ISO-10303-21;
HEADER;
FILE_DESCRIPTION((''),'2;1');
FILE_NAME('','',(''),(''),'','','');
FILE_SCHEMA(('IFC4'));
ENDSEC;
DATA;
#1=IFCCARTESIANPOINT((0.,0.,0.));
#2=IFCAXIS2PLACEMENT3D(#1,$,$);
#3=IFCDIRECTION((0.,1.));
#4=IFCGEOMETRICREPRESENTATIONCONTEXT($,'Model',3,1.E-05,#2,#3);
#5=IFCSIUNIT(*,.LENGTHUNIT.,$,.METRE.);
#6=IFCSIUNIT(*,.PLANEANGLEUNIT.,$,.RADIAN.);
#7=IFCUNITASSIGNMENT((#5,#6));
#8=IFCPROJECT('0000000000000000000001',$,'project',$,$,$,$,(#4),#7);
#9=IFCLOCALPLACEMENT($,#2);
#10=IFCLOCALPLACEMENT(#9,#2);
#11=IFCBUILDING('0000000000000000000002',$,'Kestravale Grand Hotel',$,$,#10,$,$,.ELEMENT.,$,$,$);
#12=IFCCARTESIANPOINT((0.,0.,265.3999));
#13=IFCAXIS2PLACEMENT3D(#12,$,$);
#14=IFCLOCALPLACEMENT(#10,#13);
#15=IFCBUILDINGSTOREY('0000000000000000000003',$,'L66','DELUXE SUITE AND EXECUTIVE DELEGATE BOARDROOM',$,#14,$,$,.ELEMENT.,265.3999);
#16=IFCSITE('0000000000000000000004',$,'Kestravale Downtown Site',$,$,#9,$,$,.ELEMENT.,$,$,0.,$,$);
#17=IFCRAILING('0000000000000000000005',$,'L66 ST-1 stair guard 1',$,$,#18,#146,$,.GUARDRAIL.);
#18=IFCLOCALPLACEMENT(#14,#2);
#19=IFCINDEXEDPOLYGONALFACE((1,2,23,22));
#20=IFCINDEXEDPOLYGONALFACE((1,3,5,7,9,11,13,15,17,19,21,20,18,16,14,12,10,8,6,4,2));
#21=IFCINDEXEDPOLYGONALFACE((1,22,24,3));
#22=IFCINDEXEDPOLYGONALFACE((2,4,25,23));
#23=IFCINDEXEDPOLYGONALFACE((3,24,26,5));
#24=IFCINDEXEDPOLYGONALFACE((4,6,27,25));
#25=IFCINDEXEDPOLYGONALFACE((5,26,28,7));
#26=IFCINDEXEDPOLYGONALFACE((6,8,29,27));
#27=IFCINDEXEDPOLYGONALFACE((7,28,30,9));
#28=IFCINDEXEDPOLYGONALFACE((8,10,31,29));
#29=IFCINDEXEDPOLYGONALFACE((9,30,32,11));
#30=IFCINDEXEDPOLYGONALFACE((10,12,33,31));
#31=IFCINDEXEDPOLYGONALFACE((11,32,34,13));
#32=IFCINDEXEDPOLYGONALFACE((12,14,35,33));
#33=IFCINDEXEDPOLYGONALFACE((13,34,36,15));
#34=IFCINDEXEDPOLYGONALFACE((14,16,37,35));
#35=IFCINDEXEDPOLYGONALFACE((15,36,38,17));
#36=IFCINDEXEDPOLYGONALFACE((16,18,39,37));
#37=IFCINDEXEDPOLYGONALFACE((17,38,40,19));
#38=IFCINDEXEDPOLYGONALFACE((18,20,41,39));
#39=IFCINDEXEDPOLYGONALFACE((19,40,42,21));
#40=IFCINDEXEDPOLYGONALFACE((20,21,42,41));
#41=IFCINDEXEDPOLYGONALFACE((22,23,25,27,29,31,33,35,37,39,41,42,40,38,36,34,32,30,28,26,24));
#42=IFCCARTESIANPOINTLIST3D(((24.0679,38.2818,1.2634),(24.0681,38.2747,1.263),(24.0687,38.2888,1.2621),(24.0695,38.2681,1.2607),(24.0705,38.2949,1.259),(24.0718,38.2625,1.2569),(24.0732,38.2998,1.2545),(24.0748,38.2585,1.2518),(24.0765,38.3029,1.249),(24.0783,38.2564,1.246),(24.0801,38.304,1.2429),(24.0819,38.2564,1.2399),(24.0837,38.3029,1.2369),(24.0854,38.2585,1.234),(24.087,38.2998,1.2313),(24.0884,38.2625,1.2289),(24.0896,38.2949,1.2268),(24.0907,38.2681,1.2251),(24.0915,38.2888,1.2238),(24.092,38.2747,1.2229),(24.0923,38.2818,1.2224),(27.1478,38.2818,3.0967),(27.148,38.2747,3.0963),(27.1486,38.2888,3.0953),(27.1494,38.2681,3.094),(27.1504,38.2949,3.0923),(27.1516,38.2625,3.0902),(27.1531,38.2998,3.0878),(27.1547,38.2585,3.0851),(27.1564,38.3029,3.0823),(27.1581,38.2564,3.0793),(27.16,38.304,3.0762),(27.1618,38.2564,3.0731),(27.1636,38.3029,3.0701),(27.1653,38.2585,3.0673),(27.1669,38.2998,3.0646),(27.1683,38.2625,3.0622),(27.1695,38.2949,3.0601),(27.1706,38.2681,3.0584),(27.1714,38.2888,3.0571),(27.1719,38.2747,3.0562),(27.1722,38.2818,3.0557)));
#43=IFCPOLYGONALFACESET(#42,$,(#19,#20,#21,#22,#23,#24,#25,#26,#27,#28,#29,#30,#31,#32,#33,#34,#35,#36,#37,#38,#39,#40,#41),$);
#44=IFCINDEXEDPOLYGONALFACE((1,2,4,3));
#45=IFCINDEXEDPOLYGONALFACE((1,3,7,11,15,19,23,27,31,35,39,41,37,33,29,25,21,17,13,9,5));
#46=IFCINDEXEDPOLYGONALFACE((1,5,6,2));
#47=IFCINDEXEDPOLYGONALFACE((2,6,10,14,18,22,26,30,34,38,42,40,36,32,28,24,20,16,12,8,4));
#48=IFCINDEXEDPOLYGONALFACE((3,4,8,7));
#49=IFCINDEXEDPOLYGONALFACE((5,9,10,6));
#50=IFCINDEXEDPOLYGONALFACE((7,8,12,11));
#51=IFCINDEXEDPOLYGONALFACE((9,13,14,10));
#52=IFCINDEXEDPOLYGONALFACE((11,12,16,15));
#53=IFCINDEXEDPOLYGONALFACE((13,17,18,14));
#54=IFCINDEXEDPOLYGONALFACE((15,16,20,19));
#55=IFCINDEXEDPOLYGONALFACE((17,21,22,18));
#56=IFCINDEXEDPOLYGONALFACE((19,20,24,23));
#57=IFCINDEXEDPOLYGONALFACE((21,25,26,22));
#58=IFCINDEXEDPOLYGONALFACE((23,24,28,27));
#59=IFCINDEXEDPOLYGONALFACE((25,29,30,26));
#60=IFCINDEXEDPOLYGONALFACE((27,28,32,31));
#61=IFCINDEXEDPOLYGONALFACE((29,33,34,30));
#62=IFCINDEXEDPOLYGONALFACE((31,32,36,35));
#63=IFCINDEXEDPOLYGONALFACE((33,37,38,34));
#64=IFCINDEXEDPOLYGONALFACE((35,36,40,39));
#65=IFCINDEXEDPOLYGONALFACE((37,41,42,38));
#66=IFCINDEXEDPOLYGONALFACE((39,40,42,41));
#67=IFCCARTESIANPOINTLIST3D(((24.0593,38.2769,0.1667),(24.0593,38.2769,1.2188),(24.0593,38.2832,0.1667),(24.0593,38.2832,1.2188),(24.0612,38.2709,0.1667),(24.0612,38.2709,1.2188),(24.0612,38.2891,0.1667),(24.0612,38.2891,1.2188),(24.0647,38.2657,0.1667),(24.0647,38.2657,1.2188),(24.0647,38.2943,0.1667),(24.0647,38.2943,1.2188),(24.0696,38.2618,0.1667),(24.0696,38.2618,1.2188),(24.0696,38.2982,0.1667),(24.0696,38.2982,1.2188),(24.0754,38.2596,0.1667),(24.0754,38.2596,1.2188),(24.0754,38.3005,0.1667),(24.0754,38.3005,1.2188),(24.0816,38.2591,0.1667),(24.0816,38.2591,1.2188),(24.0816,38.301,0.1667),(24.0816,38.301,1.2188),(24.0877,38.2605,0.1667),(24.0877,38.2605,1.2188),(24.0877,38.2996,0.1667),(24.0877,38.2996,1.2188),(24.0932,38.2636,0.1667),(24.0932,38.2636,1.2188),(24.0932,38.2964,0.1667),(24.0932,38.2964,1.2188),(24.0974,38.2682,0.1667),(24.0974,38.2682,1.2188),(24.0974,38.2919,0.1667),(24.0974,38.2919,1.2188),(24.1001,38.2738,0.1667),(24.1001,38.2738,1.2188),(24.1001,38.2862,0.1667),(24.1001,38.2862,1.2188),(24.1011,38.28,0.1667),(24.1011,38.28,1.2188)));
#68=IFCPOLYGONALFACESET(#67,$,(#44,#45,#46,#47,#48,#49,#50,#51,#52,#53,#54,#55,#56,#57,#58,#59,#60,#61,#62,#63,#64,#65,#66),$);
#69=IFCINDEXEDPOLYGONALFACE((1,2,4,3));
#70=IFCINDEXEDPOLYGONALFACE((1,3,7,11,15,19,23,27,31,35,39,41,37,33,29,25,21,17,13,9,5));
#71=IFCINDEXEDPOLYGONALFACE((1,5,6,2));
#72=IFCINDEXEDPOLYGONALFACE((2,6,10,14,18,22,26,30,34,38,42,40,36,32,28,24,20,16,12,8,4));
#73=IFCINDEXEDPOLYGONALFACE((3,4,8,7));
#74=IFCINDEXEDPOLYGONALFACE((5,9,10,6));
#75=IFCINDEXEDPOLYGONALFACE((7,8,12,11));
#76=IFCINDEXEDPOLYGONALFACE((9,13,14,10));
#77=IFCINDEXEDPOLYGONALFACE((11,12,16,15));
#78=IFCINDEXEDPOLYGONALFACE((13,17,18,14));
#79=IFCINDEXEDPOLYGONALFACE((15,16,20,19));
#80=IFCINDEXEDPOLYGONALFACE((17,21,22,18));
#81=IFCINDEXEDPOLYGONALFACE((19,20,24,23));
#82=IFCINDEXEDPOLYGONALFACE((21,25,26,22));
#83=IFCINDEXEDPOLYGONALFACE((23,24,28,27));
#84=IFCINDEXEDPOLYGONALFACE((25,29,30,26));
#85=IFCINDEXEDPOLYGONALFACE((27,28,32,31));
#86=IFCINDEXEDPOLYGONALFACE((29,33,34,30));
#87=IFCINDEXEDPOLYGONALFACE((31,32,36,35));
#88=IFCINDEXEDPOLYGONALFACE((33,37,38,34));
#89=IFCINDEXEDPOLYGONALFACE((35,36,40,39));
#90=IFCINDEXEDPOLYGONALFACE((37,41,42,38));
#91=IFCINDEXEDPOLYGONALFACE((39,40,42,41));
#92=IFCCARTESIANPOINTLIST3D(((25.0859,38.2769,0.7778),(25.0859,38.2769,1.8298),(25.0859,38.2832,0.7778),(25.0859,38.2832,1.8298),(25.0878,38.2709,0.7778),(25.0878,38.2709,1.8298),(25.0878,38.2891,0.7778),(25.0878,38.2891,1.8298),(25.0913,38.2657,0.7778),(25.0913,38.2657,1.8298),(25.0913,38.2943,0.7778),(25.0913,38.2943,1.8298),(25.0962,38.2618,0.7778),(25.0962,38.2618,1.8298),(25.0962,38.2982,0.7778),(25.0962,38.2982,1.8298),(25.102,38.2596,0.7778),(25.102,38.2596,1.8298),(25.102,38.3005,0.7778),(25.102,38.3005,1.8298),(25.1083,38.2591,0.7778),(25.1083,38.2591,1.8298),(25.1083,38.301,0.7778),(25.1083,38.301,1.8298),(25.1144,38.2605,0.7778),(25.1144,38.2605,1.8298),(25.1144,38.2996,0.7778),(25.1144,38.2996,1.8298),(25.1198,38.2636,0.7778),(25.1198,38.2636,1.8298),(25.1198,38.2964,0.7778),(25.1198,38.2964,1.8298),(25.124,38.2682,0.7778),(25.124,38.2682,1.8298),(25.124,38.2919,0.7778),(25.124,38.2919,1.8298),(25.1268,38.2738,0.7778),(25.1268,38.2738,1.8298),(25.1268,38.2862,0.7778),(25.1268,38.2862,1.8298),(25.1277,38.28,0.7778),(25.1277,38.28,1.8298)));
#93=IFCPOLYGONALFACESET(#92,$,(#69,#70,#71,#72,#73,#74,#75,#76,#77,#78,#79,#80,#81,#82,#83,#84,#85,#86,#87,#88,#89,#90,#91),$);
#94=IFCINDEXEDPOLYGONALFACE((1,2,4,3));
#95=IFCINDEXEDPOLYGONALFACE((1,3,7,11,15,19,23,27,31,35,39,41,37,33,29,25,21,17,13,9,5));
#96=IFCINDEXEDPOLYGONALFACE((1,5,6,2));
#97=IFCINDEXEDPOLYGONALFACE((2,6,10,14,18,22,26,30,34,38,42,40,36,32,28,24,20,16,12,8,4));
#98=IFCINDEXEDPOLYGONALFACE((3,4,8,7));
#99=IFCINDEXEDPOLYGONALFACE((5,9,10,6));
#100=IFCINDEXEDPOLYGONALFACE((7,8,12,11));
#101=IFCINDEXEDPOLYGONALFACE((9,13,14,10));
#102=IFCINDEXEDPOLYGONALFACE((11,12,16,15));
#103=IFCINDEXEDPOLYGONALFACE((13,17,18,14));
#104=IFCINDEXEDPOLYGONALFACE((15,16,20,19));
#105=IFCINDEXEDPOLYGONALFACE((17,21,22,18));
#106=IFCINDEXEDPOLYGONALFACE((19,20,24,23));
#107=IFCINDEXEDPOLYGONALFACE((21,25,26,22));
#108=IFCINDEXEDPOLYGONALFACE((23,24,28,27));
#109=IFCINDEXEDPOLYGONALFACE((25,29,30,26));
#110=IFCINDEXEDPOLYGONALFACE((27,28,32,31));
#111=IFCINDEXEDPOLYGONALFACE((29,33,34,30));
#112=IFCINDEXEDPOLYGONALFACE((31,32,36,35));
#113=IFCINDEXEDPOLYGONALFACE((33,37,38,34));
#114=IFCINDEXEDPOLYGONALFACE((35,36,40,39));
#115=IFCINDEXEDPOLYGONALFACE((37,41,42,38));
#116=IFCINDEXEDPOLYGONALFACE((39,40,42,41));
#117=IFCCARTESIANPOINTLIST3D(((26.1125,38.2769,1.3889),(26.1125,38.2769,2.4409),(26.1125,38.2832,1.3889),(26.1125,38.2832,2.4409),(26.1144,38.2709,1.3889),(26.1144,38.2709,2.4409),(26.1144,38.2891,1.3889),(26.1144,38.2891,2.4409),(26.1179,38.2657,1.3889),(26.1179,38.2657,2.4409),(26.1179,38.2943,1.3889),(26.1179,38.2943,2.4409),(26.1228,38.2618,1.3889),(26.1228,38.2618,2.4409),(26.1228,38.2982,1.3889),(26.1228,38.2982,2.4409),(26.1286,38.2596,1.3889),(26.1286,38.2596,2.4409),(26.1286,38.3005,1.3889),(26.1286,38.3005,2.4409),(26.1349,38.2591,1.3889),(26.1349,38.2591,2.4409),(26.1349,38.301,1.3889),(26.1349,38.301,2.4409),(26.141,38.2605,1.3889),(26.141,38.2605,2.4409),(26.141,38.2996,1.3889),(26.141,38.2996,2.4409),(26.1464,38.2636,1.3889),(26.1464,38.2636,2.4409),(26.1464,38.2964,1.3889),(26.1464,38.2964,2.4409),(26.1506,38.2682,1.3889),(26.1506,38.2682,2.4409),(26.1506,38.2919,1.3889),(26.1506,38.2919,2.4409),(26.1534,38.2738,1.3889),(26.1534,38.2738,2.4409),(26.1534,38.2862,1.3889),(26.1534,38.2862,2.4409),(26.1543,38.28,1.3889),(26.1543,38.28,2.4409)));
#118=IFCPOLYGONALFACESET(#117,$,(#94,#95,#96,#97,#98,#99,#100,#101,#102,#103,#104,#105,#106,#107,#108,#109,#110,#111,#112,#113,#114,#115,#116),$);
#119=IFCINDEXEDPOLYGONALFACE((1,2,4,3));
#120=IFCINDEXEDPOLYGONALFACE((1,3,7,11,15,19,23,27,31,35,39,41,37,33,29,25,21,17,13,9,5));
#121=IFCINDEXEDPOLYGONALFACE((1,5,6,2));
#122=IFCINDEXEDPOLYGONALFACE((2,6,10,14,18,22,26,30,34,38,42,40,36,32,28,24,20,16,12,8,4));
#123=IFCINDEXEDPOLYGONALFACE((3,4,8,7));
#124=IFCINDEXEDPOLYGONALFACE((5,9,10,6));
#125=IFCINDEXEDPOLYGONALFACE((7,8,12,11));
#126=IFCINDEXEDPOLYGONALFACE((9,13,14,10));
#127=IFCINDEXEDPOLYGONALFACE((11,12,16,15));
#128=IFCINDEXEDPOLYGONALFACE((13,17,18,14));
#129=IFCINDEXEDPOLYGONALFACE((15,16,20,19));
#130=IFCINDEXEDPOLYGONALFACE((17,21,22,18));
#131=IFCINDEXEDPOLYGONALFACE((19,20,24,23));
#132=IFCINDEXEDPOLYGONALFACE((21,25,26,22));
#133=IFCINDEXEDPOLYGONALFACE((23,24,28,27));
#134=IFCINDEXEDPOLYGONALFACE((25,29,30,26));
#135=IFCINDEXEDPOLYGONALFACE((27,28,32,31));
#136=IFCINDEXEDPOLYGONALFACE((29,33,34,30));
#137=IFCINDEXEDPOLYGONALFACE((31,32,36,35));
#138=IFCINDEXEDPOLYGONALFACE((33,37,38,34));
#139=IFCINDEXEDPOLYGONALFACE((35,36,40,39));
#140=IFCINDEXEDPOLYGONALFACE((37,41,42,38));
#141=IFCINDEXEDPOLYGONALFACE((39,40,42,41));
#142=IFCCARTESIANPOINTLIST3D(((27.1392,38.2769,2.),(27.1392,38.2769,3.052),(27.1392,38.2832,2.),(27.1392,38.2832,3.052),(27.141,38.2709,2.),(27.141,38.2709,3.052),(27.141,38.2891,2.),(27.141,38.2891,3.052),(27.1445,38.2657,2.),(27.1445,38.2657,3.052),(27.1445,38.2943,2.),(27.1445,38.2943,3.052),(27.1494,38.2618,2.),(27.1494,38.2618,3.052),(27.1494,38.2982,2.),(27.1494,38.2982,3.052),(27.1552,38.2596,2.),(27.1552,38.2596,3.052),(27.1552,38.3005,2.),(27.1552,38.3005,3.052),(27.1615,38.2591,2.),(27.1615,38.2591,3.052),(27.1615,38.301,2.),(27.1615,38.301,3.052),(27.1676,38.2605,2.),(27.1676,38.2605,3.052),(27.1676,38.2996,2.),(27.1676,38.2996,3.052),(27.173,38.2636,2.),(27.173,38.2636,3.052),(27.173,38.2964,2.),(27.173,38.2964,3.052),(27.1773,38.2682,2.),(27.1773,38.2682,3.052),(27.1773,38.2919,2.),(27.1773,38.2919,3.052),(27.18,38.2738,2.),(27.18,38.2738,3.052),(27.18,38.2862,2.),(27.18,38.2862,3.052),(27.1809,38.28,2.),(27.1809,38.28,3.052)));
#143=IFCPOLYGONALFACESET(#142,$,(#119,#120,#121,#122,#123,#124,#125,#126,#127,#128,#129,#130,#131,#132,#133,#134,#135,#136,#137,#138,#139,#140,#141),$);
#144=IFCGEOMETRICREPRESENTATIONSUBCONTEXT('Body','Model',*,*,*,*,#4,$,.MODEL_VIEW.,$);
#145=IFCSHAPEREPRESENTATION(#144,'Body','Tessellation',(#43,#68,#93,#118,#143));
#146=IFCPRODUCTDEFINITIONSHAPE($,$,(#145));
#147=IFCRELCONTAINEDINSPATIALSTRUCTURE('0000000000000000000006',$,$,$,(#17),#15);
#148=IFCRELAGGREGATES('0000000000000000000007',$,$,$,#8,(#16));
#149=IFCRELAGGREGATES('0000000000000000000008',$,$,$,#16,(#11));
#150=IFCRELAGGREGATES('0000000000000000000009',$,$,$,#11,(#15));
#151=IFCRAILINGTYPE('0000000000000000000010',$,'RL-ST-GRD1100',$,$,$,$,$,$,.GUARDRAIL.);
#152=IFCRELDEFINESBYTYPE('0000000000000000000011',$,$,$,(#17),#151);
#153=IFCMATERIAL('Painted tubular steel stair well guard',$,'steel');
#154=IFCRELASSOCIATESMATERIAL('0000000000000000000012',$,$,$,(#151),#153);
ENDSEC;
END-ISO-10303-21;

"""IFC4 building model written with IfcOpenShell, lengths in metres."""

from ifc_helpers import new_model, si_unit, direction, frame, origin, origin_2d, place, context, subcontext, project, spatial, circle, extrude, material, type_object, element, save


model = new_model("IFC4")

# Units and contexts
model_context = context("Model", 3, precision=1e-05, world=origin(), true_north=direction((0.0, 1.0)))
body_context = subcontext(model_context, "Body", "Model", "MODEL_VIEW")
ifc_project = project(units=[si_unit("LENGTHUNIT", "METRE"), si_unit("PLANEANGLEUNIT", "RADIAN")], contexts=[model_context])

# Site, building, storey
site_placement = place(None, origin())
site = spatial("IfcSite", under=ifc_project, at=site_placement, Name="Kestravale Downtown Site", CompositionType="ELEMENT", RefElevation=0.0)
building_placement = place(site_placement, origin())
building = spatial("IfcBuilding", under=site, at=building_placement, Name="Kestravale Grand Hotel", CompositionType="ELEMENT")
storey_placement = place(building_placement, frame((0.0, 0.0, 265.3999)))
storey = spatial("IfcBuildingStorey", under=building, at=storey_placement, Name="L66", Description="DELUXE SUITE AND EXECUTIVE DELEGATE BOARDROOM", CompositionType="ELEMENT", Elevation=265.3999)

# Railing
ifc_material_1 = material(Name="Painted tubular steel stair well guard", Category="steel")
railing_type_1 = type_object("IfcRailingType", Name="RL-ST-GRD1100", PredefinedType="GUARDRAIL", material=ifc_material_1)
railing_1_placement = place(storey_placement, frame((24.0801, 38.28, 0.1667)))
element("IfcRailing", 1, at=railing_1_placement, inside=storey, type_object=railing_type_1, Name="L66 ST-1 stair guard 1", PredefinedType="GUARDRAIL", context=body_context, shape_type="SweptSolid", body=[
    extrude(circle(Radius=0.0239, at=origin_2d()), frame((0.0, 0.0, 1.0762), z_axis=(0.859291, 0.0, 0.511487), x_axis=(0.0, 1.0, 0.0)), (0.0, 0.0, 1.0), 3.5842),
    extrude(circle(Radius=0.021, at=origin_2d()), origin(), (0.0, 0.0, 1.0), 1.052),
    extrude(circle(Radius=0.021, at=origin_2d()), frame((1.0266, 0.0, 0.6111)), (0.0, 0.0, 1.0), 1.052),
    extrude(circle(Radius=0.021, at=origin_2d()), frame((2.0532, 0.0, 1.2222)), (0.0, 0.0, 1.0), 1.052),
    extrude(circle(Radius=0.021, at=origin_2d()), frame((3.0798, 0.0, 1.8333)), (0.0, 0.0, 1.0), 1.052),
])

save(model, "model.ifc")
